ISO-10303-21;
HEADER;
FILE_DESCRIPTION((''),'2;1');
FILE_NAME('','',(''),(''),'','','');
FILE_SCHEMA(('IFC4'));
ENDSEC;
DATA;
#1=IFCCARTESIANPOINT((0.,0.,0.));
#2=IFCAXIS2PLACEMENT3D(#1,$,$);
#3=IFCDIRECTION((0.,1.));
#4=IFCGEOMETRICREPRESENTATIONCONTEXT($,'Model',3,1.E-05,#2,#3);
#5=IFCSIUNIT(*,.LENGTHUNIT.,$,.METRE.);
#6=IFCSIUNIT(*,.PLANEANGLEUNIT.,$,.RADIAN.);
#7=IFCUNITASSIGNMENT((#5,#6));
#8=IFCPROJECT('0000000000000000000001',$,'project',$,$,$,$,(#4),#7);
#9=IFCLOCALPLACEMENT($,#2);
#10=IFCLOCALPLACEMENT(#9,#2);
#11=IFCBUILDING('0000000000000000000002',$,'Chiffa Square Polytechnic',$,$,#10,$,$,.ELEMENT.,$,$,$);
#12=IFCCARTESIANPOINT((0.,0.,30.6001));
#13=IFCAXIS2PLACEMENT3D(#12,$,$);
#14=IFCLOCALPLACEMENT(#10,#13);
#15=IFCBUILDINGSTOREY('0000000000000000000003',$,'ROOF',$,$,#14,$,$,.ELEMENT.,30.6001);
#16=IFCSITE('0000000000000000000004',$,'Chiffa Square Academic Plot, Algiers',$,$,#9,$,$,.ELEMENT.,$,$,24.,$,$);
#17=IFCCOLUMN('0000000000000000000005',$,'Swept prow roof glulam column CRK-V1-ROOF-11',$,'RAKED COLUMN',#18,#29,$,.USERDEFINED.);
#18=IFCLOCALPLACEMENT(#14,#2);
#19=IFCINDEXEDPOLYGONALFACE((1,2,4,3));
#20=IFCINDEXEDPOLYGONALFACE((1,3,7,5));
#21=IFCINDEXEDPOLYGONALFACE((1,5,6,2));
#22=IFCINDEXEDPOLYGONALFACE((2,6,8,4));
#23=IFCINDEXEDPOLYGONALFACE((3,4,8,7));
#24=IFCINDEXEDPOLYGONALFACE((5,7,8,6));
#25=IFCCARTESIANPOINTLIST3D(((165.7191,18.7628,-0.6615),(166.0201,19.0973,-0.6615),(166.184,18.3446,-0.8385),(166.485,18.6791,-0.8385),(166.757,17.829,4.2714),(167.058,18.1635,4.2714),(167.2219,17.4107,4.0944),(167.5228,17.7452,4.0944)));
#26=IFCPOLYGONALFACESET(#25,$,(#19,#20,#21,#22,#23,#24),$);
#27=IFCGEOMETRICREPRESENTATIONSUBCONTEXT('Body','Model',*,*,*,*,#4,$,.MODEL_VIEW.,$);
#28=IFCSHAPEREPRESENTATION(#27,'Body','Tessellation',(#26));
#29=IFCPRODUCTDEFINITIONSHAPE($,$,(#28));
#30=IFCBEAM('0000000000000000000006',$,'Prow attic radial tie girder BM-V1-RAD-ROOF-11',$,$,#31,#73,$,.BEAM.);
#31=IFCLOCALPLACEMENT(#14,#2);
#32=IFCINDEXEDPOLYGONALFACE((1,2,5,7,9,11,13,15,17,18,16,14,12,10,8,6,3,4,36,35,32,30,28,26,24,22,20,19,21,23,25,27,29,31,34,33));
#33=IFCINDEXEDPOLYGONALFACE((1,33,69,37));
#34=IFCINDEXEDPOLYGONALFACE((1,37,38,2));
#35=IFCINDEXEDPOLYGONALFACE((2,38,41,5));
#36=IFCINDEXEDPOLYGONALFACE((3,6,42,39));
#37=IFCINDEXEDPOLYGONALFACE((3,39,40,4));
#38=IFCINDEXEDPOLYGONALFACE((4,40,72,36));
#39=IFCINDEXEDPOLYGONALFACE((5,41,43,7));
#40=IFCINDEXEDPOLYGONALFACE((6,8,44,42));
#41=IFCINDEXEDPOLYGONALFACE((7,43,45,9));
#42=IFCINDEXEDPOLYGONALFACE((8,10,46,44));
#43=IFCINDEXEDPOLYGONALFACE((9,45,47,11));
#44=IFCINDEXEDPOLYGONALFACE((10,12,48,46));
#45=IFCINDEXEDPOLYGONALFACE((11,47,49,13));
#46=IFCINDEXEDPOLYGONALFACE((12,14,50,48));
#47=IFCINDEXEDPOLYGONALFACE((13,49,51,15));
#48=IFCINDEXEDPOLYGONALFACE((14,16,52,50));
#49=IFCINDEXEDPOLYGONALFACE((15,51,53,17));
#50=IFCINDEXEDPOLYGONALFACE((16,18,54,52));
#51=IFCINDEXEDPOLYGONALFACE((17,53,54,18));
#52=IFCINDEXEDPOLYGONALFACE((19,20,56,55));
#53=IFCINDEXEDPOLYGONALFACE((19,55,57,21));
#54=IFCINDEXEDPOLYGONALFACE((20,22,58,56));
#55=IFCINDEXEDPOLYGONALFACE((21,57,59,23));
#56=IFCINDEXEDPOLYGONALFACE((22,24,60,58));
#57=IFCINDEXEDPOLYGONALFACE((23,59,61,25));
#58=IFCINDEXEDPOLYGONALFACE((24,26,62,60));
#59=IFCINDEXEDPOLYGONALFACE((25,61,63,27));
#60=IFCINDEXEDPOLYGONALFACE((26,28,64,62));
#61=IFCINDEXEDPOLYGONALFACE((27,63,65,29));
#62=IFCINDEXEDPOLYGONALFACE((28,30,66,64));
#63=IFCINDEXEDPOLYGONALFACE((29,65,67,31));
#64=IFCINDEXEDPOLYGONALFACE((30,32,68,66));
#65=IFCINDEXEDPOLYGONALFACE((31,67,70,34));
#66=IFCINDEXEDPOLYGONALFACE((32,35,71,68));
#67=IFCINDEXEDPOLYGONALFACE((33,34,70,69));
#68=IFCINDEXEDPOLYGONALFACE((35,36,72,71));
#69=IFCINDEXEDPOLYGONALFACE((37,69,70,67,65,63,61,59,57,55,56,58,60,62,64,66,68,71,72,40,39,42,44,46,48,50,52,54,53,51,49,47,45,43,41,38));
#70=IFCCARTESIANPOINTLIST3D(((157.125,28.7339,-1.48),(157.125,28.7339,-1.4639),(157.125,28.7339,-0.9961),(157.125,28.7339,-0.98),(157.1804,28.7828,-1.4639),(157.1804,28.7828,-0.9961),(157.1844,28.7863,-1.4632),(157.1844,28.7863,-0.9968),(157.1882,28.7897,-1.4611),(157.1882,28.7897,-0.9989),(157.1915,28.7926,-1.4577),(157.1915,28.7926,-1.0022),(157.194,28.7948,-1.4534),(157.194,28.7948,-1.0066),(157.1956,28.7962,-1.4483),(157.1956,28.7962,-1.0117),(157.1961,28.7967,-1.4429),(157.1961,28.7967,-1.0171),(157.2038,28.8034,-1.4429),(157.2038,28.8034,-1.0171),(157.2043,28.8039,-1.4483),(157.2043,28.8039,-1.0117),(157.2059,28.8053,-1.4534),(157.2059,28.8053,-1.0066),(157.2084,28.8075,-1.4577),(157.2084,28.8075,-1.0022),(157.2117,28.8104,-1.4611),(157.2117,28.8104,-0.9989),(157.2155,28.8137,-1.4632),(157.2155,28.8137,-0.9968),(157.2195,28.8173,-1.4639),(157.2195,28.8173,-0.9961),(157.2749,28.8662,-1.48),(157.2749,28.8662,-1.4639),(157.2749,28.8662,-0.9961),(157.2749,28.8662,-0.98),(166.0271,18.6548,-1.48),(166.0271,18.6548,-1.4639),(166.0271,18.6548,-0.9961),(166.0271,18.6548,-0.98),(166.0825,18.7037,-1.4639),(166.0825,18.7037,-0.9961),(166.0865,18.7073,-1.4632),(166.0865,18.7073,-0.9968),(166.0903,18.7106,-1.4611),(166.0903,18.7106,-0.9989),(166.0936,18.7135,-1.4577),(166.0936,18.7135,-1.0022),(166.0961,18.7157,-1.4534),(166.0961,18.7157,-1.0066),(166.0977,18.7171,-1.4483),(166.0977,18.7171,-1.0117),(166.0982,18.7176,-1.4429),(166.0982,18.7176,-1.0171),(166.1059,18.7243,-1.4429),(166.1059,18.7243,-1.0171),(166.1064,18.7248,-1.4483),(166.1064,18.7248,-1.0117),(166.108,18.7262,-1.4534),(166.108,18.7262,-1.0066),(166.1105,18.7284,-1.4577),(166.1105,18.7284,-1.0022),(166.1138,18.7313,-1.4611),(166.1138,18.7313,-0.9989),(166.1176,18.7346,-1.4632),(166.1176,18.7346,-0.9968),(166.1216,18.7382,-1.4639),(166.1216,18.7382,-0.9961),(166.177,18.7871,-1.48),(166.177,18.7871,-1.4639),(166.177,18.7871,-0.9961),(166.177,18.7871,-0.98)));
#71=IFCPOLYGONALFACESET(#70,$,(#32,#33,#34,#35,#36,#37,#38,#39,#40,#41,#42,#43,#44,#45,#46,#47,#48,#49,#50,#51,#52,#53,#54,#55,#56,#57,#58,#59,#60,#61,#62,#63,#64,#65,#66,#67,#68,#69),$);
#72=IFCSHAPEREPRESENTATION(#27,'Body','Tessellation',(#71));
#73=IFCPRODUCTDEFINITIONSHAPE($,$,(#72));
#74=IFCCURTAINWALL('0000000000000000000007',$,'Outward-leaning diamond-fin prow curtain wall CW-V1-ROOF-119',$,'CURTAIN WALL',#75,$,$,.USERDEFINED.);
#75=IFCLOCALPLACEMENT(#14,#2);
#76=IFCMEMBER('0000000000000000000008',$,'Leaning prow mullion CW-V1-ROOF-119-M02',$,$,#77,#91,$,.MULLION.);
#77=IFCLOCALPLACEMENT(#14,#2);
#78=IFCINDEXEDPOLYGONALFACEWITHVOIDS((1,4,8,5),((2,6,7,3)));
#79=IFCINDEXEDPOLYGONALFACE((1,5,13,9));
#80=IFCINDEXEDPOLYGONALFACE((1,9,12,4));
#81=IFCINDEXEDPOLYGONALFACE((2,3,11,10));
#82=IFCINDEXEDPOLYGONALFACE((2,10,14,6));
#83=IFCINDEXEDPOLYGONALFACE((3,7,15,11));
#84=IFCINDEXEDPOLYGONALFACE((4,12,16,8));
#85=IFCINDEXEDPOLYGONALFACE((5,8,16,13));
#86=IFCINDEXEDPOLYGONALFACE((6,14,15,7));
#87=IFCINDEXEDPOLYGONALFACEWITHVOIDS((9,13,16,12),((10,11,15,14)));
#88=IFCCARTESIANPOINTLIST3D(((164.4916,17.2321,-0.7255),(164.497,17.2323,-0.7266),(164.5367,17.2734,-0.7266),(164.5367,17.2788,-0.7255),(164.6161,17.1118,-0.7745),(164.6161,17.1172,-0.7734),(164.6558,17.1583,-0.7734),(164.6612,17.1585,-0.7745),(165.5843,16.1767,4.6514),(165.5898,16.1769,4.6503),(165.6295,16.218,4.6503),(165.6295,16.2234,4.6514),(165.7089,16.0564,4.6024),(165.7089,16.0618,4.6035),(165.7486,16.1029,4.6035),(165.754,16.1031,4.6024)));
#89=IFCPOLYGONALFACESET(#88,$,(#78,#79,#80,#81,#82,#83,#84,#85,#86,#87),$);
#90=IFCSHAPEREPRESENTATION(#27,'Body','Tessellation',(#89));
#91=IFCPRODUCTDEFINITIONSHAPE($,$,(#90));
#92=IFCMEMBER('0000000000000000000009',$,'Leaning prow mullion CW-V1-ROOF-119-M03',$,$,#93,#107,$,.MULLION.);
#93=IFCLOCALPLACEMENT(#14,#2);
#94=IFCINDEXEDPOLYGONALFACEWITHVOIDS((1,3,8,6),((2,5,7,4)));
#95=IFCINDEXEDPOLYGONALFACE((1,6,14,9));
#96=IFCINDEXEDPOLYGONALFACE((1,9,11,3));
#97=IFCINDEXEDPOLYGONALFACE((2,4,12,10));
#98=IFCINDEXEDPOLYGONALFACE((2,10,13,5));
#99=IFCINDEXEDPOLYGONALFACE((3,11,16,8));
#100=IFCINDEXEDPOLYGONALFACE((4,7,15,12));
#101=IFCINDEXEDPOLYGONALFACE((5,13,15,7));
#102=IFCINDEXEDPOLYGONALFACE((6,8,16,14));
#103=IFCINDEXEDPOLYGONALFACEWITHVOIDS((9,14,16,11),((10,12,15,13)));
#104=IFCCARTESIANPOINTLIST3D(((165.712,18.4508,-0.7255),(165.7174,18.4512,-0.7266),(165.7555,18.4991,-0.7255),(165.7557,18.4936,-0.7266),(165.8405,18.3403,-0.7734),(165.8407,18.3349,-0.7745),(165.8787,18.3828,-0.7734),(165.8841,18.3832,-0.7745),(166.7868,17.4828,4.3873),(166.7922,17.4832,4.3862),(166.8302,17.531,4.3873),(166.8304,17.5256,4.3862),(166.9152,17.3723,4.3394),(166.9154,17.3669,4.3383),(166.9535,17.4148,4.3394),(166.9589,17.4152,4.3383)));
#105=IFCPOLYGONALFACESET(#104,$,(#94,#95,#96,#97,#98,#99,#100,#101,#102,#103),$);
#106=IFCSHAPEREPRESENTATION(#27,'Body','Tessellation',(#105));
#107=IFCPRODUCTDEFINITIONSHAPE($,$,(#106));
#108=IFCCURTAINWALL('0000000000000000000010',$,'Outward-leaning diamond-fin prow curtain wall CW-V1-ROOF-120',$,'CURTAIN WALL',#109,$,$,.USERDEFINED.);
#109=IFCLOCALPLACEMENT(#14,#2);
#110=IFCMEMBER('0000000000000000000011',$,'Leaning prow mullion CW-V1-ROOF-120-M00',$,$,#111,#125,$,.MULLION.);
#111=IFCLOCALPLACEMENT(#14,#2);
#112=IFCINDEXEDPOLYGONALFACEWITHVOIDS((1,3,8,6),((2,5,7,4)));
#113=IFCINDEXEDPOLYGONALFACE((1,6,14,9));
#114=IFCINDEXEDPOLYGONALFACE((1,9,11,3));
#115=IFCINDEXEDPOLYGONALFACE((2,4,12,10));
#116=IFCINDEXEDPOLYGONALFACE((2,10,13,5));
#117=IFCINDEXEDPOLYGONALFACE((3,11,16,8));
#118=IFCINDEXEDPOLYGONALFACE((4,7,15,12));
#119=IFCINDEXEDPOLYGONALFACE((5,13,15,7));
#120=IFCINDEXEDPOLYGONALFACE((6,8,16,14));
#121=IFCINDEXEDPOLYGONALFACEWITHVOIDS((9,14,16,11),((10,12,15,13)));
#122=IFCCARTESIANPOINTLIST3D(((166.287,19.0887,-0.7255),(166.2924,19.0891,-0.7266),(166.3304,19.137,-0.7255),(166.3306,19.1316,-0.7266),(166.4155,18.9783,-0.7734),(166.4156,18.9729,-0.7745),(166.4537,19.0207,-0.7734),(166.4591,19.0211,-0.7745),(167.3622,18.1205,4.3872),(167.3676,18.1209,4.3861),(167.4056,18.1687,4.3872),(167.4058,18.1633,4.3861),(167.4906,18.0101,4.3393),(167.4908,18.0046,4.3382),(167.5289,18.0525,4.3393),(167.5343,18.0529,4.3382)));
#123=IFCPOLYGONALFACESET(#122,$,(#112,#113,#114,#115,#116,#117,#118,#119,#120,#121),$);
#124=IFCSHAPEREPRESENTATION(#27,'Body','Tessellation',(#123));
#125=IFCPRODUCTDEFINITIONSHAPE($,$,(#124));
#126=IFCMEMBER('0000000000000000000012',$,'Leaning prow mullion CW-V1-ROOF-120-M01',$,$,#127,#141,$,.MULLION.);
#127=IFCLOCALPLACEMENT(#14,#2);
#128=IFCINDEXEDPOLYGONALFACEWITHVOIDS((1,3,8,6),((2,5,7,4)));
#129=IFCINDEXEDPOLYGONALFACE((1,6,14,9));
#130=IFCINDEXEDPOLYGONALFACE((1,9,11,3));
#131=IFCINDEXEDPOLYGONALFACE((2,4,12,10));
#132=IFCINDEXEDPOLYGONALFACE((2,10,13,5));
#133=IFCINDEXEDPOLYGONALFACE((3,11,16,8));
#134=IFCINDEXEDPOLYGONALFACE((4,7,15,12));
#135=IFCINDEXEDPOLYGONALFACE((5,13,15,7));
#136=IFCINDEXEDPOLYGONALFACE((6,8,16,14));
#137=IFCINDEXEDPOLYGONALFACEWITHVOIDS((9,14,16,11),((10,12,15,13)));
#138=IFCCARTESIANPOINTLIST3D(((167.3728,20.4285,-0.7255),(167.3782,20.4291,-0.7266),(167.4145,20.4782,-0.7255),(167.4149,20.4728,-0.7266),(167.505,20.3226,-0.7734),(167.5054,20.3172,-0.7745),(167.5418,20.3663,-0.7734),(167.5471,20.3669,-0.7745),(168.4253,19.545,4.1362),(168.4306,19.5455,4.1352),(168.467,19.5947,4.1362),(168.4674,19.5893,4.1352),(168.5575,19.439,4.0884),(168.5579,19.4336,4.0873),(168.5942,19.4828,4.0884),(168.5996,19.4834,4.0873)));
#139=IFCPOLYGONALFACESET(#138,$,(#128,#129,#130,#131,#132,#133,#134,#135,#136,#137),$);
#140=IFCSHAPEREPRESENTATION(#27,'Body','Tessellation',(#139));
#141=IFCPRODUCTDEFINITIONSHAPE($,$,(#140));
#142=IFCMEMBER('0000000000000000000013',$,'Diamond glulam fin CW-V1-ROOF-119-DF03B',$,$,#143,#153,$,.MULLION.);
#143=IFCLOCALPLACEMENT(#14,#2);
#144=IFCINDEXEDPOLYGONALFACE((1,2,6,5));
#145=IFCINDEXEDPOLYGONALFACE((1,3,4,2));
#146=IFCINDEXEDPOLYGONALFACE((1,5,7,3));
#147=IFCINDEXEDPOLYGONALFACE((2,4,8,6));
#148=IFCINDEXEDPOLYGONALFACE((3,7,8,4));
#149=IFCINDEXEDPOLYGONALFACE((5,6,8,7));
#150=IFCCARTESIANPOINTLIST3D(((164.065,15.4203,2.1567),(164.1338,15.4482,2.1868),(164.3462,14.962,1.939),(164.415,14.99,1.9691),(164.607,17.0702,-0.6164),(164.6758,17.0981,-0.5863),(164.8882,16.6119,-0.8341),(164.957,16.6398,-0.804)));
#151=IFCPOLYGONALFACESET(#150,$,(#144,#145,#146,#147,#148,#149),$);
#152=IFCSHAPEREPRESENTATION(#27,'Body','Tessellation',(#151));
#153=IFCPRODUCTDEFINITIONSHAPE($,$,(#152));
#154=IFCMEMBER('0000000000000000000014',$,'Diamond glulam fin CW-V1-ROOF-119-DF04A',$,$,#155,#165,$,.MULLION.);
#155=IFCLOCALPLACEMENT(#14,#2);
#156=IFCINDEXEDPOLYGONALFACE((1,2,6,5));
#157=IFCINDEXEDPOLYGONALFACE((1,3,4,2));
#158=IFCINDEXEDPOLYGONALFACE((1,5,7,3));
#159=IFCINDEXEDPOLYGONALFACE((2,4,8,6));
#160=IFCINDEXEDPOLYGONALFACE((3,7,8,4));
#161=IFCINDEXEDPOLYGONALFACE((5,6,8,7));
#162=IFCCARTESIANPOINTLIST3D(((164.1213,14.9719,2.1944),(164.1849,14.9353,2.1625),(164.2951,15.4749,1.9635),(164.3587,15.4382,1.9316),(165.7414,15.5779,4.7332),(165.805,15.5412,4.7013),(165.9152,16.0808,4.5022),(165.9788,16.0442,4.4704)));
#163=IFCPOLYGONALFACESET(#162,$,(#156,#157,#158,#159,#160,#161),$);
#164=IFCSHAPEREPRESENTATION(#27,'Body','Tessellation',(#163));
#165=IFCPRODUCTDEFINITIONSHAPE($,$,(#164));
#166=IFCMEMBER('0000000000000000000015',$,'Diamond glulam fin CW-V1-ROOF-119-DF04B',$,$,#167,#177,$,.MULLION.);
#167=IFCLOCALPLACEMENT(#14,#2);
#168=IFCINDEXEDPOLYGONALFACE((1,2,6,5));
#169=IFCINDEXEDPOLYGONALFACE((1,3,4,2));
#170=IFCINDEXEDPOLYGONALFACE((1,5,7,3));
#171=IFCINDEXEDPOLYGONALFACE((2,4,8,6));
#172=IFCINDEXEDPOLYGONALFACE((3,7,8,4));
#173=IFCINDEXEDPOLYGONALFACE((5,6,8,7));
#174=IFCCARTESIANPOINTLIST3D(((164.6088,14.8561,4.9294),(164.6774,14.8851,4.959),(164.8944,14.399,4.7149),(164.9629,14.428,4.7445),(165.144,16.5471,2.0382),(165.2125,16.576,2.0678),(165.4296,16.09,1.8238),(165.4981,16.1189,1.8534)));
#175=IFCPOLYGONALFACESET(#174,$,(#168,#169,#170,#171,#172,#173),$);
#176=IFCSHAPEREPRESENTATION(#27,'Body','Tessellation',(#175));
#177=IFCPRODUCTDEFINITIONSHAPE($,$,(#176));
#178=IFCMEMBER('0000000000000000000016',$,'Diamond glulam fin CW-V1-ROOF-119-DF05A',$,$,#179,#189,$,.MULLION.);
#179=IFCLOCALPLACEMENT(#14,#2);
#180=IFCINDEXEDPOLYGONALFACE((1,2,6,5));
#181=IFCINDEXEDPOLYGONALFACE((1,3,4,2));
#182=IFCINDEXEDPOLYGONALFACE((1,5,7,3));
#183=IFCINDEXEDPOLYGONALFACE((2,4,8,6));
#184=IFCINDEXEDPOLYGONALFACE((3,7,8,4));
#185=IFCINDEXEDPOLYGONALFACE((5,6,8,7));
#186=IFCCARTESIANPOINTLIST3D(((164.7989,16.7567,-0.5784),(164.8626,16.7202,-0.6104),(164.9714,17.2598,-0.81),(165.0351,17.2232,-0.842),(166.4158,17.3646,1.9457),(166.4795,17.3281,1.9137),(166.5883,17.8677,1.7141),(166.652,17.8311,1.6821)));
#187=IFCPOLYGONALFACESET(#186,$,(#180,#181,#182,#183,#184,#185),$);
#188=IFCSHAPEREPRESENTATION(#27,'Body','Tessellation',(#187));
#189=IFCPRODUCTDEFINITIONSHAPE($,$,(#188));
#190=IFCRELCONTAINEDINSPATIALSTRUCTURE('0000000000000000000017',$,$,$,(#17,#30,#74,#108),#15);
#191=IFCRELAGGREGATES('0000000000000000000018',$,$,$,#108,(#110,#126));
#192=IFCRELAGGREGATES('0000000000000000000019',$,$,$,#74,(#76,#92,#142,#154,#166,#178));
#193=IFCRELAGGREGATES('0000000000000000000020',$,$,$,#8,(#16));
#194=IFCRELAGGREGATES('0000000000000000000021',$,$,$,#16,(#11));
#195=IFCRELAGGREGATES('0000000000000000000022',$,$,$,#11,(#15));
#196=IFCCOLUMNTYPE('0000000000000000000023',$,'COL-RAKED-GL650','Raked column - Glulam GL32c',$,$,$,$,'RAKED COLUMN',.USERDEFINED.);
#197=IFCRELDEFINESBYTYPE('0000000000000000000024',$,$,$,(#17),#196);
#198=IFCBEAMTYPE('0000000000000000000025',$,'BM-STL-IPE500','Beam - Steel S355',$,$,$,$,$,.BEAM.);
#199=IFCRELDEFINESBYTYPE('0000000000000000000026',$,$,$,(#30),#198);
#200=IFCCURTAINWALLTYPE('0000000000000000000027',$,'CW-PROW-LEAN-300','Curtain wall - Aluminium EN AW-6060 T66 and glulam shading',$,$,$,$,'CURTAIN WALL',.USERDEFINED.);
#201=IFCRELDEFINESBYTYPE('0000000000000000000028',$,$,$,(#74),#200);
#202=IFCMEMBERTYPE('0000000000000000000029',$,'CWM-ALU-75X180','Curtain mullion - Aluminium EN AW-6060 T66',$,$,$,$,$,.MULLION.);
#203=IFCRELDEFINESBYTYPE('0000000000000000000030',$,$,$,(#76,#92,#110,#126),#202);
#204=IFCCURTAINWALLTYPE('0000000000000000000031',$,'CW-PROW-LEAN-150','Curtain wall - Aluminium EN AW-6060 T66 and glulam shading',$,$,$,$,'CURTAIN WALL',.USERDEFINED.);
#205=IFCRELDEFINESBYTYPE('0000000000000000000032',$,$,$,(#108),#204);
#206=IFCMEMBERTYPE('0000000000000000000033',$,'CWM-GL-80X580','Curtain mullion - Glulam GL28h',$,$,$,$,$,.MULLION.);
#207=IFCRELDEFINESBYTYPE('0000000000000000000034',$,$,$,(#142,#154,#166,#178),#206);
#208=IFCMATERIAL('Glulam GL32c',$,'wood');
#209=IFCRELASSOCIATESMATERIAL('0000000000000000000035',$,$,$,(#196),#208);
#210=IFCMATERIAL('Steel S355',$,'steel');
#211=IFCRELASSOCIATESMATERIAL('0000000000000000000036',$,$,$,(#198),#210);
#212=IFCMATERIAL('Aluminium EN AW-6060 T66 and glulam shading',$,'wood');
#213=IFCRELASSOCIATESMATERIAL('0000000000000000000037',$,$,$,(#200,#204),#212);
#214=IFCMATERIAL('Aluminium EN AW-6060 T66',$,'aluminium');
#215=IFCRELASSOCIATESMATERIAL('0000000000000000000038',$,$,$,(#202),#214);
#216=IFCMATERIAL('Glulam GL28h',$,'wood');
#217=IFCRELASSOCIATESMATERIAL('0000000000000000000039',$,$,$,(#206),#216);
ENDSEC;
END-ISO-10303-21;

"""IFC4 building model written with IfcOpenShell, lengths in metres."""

from ifc_helpers import new_model, si_unit, direction, frame, origin, origin_2d, place, context, subcontext, project, spatial, rectangle, hollow_rectangle, i_section, extrude, material, material_profile, profile_set, type_object, element, aggregate, save


model = new_model("IFC4")

# Units and contexts
model_context = context("Model", 3, precision=1e-05, world=origin(), true_north=direction((0.0, 1.0)))
body_context = subcontext(model_context, "Body", "Model", "MODEL_VIEW")
ifc_project = project(units=[si_unit("LENGTHUNIT", "METRE"), si_unit("PLANEANGLEUNIT", "RADIAN")], contexts=[model_context])

# Site, building, storey
site_placement = place(None, origin())
site = spatial("IfcSite", under=ifc_project, at=site_placement, Name="Chiffa Square Academic Plot, Algiers", CompositionType="ELEMENT", RefElevation=24.0)
building_placement = place(site_placement, origin())
building = spatial("IfcBuilding", under=site, at=building_placement, Name="Chiffa Square Polytechnic", CompositionType="ELEMENT")
storey_placement = place(building_placement, frame((0.0, 0.0, 30.6001)))
storey = spatial("IfcBuildingStorey", under=building, at=storey_placement, Name="ROOF", CompositionType="ELEMENT", Elevation=30.6001)

# Column
ifc_material_1 = material(Name="Glulam GL32c", Category="wood")
ifc_material_profile_1 = material_profile(ifc_material_1, rectangle(XDim=0.45, YDim=0.6499, at=origin_2d()), Name="GL32c 450x650")
ifc_profile_set_1 = profile_set([ifc_material_profile_1], Name="Glulam GL32c")
column_type = type_object("IfcColumnType", Name="COL-RAKED-GL650", Description="Raked column - Glulam GL32c", ElementType="RAKED COLUMN", PredefinedType="USERDEFINED", material=ifc_profile_set_1)
column_placement = place(storey_placement, frame((166.1021, 18.7209, -0.75), z_axis=(0.202442, -0.182154, 0.962204), x_axis=(0.668878, 0.743372, 0.0)))
element("IfcColumn", 1, at=column_placement, inside=storey, type_object=column_type, Name="Swept prow roof glulam column CRK-V1-ROOF-11", ObjectType="RAKED COLUMN", PredefinedType="USERDEFINED", context=body_context, shape_type="SweptSolid", body=[
    extrude(rectangle(XDim=0.45, YDim=0.6499, at=origin_2d()), origin(), (0.0, 0.0, 1.0), 5.1267),
])

# Beam
ifc_material_2 = material(Name="Steel S355", Category="steel")
ifc_material_profile_2 = material_profile(ifc_material_2, i_section(OverallWidth=0.2, OverallDepth=0.5, WebThickness=0.0103, FlangeThickness=0.0161, FilletRadius=0.021, at=origin_2d()), Name="IPE 500")
ifc_profile_set_2 = profile_set([ifc_material_profile_2], Name="Steel S355")
beam_type_1 = type_object("IfcBeamType", Name="BM-STL-IPE500", Description="Beam - Steel S355", PredefinedType="BEAM", material=ifc_profile_set_2)
beam_1_placement = place(storey_placement, frame((166.1021, 18.7209, -1.23), z_axis=(-0.661988, 0.749514, 0.0), x_axis=(-0.749514, -0.661988, 0.0)))
element("IfcBeam", 2, at=beam_1_placement, inside=storey, type_object=beam_type_1, Name="Prow attic radial tie girder BM-V1-RAD-ROOF-11", PredefinedType="BEAM", context=body_context, shape_type="SweptSolid", body=[
    extrude(i_section(OverallWidth=0.2, OverallDepth=0.5, WebThickness=0.0103, FlangeThickness=0.0161, FilletRadius=0.021, at=origin_2d()), origin(), (0.0, 0.0, 1.0), 13.4475),
])

# Curtain walls, members
ifc_material_3 = material(Name="Aluminium EN AW-6060 T66 and glulam shading", Category="wood")
curtain_wall_type_1 = type_object("IfcCurtainWallType", Name="CW-PROW-LEAN-300", Description="Curtain wall - Aluminium EN AW-6060 T66 and glulam shading", ElementType="CURTAIN WALL", PredefinedType="USERDEFINED", material=ifc_material_3)
curtain_wall_1_placement = place(storey_placement, origin())
curtain_wall_1 = element("IfcCurtainWall", 3, at=curtain_wall_1_placement, inside=storey, type_object=curtain_wall_type_1, Name="Outward-leaning diamond-fin prow curtain wall CW-V1-ROOF-119", ObjectType="CURTAIN WALL", PredefinedType="USERDEFINED")
ifc_material_4 = material(Name="Aluminium EN AW-6060 T66", Category="aluminium")
ifc_material_profile_3 = material_profile(ifc_material_4, hollow_rectangle(XDim=0.0649, YDim=0.1799, WallThickness=0.0039, at=origin_2d()), Name="ALU 65x180x4")
ifc_profile_set_3 = profile_set([ifc_material_profile_3], Name="Aluminium EN AW-6060 T66")
member_type_1 = type_object("IfcMemberType", Name="CWM-ALU-75X180", Description="Curtain mullion - Aluminium EN AW-6060 T66", PredefinedType="MULLION", material=ifc_profile_set_3)
member_1_placement = place(storey_placement, frame((164.5764, 17.1953, -0.75), z_axis=(0.195576, -0.188891, 0.962325), x_axis=(0.694706, 0.719293, 0.0)))
member_1 = element("IfcMember", 4, at=member_1_placement, type_object=member_type_1, Name="Leaning prow mullion CW-V1-ROOF-119-M02", PredefinedType="MULLION", context=body_context, shape_type="SweptSolid", body=[
    extrude(hollow_rectangle(XDim=0.0649, YDim=0.1799, WallThickness=0.0039, at=origin_2d()), origin(), (0.0, 0.0, 1.0), 5.5874),
])
member_2_placement = place(storey_placement, frame((165.7981, 18.417, -0.75), z_axis=(0.202262, -0.182183, 0.962237), x_axis=(0.669263, 0.743026, 0.0)))
member_2 = element("IfcMember", 5, at=member_2_placement, type_object=member_type_1, Name="Leaning prow mullion CW-V1-ROOF-119-M03", PredefinedType="MULLION", context=body_context, shape_type="SweptSolid", body=[
    extrude(hollow_rectangle(XDim=0.0649, YDim=0.1799, WallThickness=0.0039, at=origin_2d()), origin(), (0.0, 0.0, 1.0), 5.3135),
])
curtain_wall_type_2 = type_object("IfcCurtainWallType", Name="CW-PROW-LEAN-150", Description="Curtain wall - Aluminium EN AW-6060 T66 and glulam shading", ElementType="CURTAIN WALL", PredefinedType="USERDEFINED", material=ifc_material_3)
curtain_wall_2_placement = place(storey_placement, origin())
curtain_wall_2 = element("IfcCurtainWall", 6, at=curtain_wall_2_placement, inside=storey, type_object=curtain_wall_type_2, Name="Outward-leaning diamond-fin prow curtain wall CW-V1-ROOF-120", ObjectType="CURTAIN WALL", PredefinedType="USERDEFINED")
member_3_placement = place(storey_placement, frame((166.373, 19.0549, -0.75), z_axis=(0.202348, -0.182224, 0.962211), x_axis=(0.669188, 0.743093, 0.0)))
member_3 = element("IfcMember", 7, at=member_3_placement, type_object=member_type_1, Name="Leaning prow mullion CW-V1-ROOF-120-M00", PredefinedType="MULLION", context=body_context, shape_type="SweptSolid", body=[
    extrude(hollow_rectangle(XDim=0.0649, YDim=0.1799, WallThickness=0.0039, at=origin_2d()), origin(), (0.0, 0.0, 1.0), 5.3135),
])
member_4_placement = place(storey_placement, frame((167.46, 20.3977, -0.75), z_axis=(0.208319, -0.17488, 0.962299), x_axis=(0.642959, 0.765901, 0.0)))
member_4 = element("IfcMember", 8, at=member_4_placement, type_object=member_type_1, Name="Leaning prow mullion CW-V1-ROOF-120-M01", PredefinedType="MULLION", context=body_context, shape_type="SweptSolid", body=[
    extrude(hollow_rectangle(XDim=0.0649, YDim=0.1799, WallThickness=0.0039, at=origin_2d()), origin(), (0.0, 0.0, 1.0), 5.0522),
])

# Members
ifc_material_5 = material(Name="Glulam GL28h", Category="wood")
ifc_material_profile_4 = material_profile(ifc_material_5, rectangle(XDim=0.0801, YDim=0.5801, at=origin_2d()), Name="GL28h 80x580")
ifc_profile_set_4 = profile_set([ifc_material_profile_4], Name="Glulam GL28h")
member_type_2 = type_object("IfcMemberType", Name="CWM-GL-80X580", Description="Curtain mullion - Glulam GL28h", PredefinedType="MULLION", material=ifc_profile_set_4)
member_5_placement = place(storey_placement, frame((164.782, 16.855, -0.7102), z_axis=(-0.165641, -0.504236, 0.847531), x_axis=(0.858823, 0.348679, 0.375294)))
member_5 = element("IfcMember", 9, at=member_5_placement, type_object=member_type_2, Name="Diamond glulam fin CW-V1-ROOF-119-DF03B", PredefinedType="MULLION", context=body_context, shape_type="SweptSolid", body=[
    extrude(rectangle(XDim=0.0801, YDim=0.5801, at=origin_2d()), origin(), (0.0, 0.0, 1.0), 3.272),
])
member_6_placement = place(storey_placement, frame((164.24, 15.2051, 2.063), z_axis=(0.527371, 0.197248, 0.826422), x_axis=(-0.79505, 0.457582, 0.398138)))
member_6 = element("IfcMember", 10, at=member_6_placement, type_object=member_type_2, Name="Diamond glulam fin CW-V1-ROOF-119-DF04A", PredefinedType="MULLION", context=body_context, shape_type="SweptSolid", body=[
    extrude(rectangle(XDim=0.0801, YDim=0.5801, at=origin_2d()), origin(), (0.0, 0.0, 1.0), 3.072),
])
member_7_placement = place(storey_placement, frame((165.321, 16.333, 1.9458), z_axis=(-0.157781, -0.498535, 0.85239), x_axis=(0.856016, 0.361277, 0.369751)))
member_7 = element("IfcMember", 11, at=member_7_placement, type_object=member_type_2, Name="Diamond glulam fin CW-V1-ROOF-119-DF04B", PredefinedType="MULLION", context=body_context, shape_type="SweptSolid", body=[
    extrude(rectangle(XDim=0.0801, YDim=0.5801, at=origin_2d()), origin(), (0.0, 0.0, 1.0), 3.3918),
])
member_8_placement = place(storey_placement, frame((164.917, 16.99, -0.7102), z_axis=(0.528642, 0.198749, 0.825249), x_axis=(-0.795052, 0.45652, 0.399352)))
member_8 = element("IfcMember", 12, at=member_8_placement, type_object=member_type_2, Name="Diamond glulam fin CW-V1-ROOF-119-DF05A", PredefinedType="MULLION", context=body_context, shape_type="SweptSolid", body=[
    extrude(rectangle(XDim=0.0801, YDim=0.5801, at=origin_2d()), origin(), (0.0, 0.0, 1.0), 3.0586),
])

aggregate(curtain_wall_2, [member_3, member_4])
aggregate(curtain_wall_1, [member_1, member_2, member_5, member_6, member_7, member_8])

save(model, "model.ifc")
